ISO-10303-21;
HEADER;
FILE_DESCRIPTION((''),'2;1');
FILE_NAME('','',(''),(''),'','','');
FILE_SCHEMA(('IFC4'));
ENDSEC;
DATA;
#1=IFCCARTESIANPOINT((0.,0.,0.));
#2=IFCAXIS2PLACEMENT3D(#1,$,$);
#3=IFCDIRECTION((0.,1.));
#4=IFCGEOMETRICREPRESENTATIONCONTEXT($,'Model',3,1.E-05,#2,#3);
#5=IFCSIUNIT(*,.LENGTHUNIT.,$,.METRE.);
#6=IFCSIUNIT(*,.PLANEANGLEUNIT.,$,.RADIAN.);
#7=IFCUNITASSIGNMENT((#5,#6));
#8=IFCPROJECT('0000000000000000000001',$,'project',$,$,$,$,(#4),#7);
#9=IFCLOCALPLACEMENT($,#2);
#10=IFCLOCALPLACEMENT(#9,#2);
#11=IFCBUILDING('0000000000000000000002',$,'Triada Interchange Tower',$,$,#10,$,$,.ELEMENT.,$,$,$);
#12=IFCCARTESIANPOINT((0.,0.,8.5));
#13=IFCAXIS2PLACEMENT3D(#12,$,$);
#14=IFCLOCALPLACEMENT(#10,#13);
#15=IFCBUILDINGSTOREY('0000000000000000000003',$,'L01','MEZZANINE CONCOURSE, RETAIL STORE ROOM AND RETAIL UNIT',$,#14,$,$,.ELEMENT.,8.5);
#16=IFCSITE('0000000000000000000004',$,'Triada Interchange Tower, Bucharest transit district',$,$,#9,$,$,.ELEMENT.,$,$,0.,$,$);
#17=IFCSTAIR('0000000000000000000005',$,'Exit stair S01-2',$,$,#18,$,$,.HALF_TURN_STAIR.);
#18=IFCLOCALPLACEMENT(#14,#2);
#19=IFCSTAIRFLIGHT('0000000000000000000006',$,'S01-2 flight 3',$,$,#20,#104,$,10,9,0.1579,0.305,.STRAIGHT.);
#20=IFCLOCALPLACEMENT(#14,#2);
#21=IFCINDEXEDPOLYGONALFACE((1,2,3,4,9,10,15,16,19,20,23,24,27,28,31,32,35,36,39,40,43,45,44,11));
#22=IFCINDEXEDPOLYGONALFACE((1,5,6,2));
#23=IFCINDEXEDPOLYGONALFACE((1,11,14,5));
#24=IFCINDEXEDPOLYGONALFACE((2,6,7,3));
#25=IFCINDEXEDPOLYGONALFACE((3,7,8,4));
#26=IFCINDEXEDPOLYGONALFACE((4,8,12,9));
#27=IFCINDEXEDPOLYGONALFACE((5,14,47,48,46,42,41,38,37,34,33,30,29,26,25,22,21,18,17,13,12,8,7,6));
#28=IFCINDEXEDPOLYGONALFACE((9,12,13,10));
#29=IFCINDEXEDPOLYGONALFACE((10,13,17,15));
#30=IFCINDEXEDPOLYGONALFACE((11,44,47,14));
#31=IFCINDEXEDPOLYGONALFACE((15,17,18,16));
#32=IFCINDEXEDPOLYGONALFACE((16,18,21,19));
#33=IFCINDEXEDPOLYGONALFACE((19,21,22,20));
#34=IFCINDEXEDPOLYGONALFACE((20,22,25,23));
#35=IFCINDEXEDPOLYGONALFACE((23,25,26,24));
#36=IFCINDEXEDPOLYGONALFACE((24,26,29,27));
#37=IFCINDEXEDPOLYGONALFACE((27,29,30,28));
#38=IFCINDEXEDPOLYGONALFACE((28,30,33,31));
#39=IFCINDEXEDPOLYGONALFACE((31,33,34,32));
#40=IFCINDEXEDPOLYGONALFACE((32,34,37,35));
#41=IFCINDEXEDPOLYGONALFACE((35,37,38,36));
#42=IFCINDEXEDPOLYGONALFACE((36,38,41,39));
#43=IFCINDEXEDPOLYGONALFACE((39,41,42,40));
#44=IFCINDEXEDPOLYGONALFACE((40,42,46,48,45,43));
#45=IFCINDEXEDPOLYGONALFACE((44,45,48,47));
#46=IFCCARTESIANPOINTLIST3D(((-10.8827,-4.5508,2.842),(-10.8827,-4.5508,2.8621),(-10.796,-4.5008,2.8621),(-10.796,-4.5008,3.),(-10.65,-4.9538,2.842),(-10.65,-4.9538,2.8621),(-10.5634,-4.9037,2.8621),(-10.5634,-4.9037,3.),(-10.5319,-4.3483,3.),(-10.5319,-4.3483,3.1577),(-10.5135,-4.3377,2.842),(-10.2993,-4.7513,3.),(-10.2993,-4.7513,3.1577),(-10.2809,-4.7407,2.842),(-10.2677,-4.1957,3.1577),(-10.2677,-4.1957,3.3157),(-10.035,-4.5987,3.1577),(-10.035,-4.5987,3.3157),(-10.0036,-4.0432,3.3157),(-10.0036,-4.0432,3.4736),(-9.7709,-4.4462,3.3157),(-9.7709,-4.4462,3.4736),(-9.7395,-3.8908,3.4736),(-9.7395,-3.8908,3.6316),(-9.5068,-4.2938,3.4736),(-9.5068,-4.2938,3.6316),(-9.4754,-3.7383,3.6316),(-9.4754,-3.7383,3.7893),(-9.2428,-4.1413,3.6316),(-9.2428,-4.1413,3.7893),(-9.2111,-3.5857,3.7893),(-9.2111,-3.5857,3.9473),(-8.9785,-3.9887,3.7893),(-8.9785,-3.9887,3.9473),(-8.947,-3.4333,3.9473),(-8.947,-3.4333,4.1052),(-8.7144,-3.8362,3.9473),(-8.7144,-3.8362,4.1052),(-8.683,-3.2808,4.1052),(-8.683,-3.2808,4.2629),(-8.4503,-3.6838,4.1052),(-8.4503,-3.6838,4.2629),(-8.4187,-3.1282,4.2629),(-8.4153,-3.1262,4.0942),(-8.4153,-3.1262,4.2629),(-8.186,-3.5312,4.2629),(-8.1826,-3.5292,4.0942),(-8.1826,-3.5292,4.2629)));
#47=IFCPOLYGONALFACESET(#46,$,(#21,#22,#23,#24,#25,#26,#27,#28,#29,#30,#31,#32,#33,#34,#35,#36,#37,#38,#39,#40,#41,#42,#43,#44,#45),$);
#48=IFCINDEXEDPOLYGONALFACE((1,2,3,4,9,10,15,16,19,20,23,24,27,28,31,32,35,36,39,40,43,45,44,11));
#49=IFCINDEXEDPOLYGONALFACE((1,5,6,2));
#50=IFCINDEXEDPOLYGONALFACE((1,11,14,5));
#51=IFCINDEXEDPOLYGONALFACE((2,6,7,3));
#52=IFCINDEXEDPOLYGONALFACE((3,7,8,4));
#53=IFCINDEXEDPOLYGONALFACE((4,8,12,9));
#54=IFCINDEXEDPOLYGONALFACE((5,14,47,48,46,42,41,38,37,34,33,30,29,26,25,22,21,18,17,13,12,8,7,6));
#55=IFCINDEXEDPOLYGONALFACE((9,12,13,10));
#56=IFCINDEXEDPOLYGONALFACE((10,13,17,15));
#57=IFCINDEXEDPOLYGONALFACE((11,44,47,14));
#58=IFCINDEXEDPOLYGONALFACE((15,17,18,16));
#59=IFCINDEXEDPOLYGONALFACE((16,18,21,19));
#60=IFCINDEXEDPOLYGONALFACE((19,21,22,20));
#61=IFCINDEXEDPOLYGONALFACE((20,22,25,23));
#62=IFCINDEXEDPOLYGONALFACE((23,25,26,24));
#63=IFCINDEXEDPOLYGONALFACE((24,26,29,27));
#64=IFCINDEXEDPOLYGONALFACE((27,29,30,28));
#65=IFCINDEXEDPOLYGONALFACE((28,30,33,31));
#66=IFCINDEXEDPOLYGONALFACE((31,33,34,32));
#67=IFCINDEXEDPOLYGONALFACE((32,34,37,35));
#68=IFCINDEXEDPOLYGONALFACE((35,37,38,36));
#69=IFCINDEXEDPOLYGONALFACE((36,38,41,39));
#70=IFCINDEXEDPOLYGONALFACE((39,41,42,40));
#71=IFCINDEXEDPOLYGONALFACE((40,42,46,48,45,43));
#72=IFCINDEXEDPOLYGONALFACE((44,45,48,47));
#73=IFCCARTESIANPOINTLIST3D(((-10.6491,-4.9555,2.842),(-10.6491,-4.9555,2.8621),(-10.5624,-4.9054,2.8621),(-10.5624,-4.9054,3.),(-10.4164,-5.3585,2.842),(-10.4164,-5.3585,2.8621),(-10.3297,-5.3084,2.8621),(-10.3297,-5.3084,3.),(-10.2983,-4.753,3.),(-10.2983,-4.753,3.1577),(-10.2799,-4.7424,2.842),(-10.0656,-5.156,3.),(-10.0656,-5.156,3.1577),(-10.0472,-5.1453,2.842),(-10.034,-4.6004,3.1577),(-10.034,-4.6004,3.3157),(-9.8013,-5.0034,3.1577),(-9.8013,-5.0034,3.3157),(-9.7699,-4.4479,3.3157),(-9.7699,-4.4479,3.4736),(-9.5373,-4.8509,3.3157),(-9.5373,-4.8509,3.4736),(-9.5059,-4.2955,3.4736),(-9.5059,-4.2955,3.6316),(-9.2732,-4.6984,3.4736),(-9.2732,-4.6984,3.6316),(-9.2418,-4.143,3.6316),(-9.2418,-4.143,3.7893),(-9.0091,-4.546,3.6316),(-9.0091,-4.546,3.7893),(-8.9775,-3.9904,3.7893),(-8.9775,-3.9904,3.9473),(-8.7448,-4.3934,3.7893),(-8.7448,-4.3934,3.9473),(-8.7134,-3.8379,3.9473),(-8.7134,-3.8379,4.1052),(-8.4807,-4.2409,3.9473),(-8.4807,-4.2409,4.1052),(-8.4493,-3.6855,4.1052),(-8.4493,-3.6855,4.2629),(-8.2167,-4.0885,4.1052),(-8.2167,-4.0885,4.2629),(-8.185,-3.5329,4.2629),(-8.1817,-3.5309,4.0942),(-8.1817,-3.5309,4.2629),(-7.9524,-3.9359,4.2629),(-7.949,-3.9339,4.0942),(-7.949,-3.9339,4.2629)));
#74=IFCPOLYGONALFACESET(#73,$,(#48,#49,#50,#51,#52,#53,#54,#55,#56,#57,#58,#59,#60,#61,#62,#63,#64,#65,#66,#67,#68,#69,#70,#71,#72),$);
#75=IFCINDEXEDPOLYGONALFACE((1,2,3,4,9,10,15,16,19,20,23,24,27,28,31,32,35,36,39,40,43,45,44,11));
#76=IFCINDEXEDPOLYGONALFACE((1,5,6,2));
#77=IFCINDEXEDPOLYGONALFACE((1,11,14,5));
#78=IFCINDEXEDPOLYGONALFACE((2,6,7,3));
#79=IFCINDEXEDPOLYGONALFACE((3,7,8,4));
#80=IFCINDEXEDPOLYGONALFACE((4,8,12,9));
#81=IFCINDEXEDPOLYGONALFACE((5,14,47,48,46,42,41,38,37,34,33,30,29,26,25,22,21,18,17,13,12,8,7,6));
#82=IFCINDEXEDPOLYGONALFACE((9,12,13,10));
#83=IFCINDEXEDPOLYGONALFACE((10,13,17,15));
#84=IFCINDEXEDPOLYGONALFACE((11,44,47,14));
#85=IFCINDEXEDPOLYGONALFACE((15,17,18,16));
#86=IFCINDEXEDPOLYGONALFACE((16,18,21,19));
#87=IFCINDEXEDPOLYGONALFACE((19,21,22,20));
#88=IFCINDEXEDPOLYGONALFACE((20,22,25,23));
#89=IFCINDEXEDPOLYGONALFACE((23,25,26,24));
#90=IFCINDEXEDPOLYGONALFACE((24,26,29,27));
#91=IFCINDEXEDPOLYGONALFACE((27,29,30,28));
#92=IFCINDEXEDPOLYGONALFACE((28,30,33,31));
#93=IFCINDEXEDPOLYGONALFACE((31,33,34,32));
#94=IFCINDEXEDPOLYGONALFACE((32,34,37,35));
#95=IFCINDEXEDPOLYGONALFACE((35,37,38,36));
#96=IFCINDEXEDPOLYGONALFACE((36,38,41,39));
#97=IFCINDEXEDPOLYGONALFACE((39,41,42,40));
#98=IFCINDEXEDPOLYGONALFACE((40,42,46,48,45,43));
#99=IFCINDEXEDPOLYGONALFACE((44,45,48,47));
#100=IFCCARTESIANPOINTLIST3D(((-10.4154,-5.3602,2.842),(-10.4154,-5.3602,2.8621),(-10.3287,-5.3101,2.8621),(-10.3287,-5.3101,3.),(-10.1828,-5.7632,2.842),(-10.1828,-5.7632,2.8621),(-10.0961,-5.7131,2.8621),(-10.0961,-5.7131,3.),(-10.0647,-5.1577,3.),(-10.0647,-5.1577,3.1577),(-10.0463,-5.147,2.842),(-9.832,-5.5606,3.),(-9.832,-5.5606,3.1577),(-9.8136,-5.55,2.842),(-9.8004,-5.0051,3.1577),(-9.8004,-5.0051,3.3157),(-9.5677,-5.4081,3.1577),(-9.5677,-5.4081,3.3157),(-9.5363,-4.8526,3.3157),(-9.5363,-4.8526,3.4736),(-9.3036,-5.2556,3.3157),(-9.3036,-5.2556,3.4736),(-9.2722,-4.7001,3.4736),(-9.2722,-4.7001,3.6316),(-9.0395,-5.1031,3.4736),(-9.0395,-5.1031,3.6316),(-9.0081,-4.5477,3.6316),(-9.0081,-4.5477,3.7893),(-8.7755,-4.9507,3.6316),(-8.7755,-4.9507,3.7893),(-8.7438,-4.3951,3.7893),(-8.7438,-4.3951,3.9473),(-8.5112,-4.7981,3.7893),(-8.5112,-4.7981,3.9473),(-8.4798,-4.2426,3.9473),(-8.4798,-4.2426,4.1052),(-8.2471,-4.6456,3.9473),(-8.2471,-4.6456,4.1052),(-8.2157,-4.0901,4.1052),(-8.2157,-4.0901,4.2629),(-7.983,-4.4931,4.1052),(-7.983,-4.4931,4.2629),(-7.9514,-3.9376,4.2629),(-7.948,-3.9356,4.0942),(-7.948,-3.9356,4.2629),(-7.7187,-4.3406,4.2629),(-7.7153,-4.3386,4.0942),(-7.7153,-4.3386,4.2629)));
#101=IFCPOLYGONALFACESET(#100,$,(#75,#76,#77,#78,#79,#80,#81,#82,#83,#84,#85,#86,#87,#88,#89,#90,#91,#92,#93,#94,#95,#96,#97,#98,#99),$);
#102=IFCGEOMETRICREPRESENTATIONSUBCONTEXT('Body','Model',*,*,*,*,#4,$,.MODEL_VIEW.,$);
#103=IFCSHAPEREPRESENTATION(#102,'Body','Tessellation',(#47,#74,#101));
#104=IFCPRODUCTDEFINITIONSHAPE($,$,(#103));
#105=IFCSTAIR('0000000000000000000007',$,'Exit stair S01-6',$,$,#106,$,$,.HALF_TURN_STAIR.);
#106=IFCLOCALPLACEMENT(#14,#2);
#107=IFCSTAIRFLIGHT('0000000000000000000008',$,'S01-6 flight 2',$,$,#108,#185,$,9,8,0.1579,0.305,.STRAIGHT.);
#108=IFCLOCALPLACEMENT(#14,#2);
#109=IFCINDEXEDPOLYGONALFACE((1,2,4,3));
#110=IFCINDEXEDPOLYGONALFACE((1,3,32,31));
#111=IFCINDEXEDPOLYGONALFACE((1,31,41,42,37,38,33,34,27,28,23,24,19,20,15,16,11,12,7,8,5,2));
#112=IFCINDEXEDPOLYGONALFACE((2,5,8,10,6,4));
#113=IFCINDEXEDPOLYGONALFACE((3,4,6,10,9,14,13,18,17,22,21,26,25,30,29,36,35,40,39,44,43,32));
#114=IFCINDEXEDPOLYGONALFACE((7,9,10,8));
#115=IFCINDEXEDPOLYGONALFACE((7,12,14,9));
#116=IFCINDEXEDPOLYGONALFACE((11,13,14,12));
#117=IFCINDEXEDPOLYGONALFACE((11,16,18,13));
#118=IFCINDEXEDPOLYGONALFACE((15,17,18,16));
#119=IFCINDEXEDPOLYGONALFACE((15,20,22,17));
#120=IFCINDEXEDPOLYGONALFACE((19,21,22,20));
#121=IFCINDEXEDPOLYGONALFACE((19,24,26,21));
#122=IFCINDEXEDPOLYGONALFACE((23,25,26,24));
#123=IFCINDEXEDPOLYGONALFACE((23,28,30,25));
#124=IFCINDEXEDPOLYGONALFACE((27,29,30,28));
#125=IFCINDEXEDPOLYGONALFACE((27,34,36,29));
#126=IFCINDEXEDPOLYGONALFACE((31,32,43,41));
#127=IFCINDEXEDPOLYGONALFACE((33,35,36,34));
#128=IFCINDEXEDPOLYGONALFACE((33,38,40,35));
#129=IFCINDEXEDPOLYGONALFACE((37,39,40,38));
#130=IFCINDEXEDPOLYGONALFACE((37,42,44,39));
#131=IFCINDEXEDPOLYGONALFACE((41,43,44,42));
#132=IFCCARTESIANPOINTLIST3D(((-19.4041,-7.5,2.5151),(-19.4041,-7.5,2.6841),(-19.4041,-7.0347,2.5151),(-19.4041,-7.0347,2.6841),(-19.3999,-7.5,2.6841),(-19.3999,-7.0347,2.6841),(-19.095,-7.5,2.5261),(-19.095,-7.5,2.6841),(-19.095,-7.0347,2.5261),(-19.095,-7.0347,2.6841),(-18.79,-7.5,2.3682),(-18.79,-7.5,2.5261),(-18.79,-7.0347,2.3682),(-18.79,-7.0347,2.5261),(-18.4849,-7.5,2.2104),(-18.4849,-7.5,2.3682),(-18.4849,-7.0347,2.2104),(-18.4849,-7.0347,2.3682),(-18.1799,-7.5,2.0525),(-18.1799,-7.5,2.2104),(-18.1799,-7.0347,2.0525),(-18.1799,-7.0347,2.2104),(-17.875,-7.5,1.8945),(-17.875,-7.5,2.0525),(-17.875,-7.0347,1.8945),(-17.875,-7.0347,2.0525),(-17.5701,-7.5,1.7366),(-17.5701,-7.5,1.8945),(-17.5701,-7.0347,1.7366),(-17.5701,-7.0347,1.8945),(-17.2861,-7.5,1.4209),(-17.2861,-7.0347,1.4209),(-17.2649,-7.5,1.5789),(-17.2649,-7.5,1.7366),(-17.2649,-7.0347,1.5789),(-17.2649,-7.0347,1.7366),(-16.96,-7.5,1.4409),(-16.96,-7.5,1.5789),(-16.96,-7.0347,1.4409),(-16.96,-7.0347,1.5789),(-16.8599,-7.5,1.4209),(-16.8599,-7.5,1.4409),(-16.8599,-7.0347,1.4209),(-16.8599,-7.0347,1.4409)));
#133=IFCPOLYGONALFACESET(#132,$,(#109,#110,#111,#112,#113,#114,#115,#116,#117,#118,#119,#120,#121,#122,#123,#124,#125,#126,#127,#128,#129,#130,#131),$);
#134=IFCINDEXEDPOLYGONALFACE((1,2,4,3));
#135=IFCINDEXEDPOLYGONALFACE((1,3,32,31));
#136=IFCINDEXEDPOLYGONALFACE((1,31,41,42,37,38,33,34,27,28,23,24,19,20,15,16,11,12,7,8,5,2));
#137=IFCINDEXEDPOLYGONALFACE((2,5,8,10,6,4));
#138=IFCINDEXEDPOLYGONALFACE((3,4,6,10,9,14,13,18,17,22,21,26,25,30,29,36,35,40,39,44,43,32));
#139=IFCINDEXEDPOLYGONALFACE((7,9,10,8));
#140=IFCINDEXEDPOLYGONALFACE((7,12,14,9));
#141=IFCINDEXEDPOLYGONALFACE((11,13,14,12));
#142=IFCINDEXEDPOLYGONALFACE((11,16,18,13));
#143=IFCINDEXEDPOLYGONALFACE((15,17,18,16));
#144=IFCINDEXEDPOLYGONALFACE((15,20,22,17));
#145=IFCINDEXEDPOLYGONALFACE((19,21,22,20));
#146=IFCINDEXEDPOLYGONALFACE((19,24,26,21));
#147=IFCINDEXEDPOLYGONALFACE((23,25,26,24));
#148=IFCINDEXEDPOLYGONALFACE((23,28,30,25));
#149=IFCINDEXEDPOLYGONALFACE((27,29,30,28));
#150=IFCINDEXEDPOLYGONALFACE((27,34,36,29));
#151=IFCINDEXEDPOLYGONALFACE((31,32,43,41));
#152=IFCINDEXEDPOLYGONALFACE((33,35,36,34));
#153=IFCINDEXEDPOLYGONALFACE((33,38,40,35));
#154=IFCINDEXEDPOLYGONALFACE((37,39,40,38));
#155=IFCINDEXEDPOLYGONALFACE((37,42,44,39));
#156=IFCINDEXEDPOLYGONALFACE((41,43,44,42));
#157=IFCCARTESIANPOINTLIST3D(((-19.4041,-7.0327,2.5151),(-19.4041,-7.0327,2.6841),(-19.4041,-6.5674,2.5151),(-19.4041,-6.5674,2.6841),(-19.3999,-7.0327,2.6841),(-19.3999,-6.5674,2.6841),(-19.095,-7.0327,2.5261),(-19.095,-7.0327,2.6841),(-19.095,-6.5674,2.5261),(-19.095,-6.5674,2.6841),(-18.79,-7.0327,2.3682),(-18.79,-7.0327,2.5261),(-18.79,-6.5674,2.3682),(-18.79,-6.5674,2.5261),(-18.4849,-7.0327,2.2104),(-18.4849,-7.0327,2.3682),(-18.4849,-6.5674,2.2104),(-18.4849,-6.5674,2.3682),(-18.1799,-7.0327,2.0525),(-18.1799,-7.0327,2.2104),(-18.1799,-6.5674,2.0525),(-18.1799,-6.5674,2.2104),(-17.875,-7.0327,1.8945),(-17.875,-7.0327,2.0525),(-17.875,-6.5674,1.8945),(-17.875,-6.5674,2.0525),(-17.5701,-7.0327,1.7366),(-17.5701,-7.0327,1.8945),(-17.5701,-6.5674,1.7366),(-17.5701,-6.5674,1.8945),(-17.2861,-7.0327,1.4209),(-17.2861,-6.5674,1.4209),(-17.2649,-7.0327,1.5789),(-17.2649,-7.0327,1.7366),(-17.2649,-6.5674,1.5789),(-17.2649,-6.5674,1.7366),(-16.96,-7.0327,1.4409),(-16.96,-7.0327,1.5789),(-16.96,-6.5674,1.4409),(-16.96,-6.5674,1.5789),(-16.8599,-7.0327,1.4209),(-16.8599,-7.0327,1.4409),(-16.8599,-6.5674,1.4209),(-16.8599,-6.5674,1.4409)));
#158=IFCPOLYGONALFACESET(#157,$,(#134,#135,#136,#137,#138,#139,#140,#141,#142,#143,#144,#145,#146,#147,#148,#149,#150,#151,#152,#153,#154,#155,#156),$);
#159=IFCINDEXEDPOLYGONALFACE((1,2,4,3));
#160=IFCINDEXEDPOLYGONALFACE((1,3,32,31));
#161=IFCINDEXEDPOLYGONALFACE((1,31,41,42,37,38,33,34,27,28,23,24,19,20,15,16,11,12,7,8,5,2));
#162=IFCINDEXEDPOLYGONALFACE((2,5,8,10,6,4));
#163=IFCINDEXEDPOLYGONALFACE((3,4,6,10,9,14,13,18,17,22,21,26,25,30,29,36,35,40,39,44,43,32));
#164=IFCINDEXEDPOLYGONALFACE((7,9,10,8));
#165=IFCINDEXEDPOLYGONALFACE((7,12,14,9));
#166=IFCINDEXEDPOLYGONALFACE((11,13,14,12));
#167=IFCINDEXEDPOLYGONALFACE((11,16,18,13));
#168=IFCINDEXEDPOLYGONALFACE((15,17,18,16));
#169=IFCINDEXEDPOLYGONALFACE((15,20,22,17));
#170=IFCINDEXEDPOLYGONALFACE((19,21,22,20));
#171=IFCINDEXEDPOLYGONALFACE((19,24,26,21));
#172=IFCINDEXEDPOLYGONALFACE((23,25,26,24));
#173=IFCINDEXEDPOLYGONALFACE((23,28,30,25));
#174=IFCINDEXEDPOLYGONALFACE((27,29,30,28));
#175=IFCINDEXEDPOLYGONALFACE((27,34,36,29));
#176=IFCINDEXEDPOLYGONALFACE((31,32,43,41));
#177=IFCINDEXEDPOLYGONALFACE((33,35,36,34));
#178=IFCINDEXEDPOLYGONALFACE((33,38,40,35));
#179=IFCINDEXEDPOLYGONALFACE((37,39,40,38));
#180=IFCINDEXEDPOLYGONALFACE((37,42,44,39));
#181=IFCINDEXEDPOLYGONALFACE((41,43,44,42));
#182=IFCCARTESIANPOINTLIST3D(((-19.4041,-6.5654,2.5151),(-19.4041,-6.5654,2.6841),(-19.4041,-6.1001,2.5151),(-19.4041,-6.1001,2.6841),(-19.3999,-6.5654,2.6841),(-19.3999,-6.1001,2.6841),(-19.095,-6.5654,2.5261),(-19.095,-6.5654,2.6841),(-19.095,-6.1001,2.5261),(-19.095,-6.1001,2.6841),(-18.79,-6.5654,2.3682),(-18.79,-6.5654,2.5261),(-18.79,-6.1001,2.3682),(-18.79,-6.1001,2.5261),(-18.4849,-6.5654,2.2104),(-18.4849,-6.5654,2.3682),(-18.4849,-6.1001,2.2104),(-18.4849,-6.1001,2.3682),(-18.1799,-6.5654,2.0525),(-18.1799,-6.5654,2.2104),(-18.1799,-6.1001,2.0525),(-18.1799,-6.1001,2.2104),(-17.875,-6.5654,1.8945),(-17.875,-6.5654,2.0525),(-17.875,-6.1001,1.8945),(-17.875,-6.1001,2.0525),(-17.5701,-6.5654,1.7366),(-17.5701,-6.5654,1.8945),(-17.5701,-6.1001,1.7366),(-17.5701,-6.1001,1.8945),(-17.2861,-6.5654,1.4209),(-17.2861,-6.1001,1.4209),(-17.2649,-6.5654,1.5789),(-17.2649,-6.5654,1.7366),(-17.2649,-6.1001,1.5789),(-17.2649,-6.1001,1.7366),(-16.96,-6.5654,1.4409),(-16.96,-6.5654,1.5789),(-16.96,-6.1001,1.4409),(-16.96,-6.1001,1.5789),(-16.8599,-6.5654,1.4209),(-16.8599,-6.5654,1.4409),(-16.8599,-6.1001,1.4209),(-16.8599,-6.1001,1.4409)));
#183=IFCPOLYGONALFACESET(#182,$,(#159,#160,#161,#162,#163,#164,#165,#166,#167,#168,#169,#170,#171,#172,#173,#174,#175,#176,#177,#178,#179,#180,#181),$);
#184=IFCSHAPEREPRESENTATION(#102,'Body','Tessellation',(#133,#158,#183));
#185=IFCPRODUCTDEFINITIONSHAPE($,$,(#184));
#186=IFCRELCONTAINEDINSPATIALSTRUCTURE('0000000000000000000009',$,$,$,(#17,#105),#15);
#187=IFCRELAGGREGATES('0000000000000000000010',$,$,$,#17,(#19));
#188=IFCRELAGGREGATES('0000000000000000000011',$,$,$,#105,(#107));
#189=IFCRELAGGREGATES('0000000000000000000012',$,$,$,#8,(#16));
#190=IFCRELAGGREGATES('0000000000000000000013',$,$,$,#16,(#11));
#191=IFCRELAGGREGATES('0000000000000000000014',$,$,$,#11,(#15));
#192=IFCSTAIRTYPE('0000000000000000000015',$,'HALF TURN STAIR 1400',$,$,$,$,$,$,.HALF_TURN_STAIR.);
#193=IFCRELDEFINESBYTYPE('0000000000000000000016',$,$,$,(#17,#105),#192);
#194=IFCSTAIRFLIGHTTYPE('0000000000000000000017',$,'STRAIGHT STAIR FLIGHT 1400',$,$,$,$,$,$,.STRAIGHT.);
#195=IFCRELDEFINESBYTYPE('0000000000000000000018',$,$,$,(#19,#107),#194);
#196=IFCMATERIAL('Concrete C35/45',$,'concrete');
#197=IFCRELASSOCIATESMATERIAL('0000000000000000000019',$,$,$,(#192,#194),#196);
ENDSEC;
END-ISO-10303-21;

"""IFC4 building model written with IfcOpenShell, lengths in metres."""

from ifc_helpers import new_model, si_unit, direction, frame, origin, place, context, subcontext, project, spatial, polyline, outline, extrude, material, type_object, element, aggregate, save


model = new_model("IFC4")

# Units and contexts
model_context = context("Model", 3, precision=1e-05, world=origin(), true_north=direction((0.0, 1.0)))
body_context = subcontext(model_context, "Body", "Model", "MODEL_VIEW")
ifc_project = project(units=[si_unit("LENGTHUNIT", "METRE"), si_unit("PLANEANGLEUNIT", "RADIAN")], contexts=[model_context])

# Site, building, storey
site_placement = place(None, origin())
site = spatial("IfcSite", under=ifc_project, at=site_placement, Name="Triada Interchange Tower, Bucharest transit district", CompositionType="ELEMENT", RefElevation=0.0)
building_placement = place(site_placement, origin())
building = spatial("IfcBuilding", under=site, at=building_placement, Name="Triada Interchange Tower", CompositionType="ELEMENT")
storey_placement = place(building_placement, frame((0.0, 0.0, 8.5)))
storey = spatial("IfcBuildingStorey", under=building, at=storey_placement, Name="L01", Description="MEZZANINE CONCOURSE, RETAIL STORE ROOM AND RETAIL UNIT", CompositionType="ELEMENT", Elevation=8.5)

# Shared definitions
ifc_material_1 = material(Name="Concrete C35/45", Category="concrete")

# Stairs, stair flights
stair_type = type_object("IfcStairType", Name="HALF TURN STAIR 1400", PredefinedType="HALF_TURN_STAIR", material=ifc_material_1)
stair_1_placement = place(storey_placement, origin())
stair_1 = element("IfcStair", 1, at=stair_1_placement, inside=storey, type_object=stair_type, Name="Exit stair S01-2", PredefinedType="HALF_TURN_STAIR")
stair_flight_type = type_object("IfcStairFlightType", Name="STRAIGHT STAIR FLIGHT 1400", PredefinedType="STRAIGHT", material=ifc_material_1)
stair_flight_1_placement = place(storey_placement, frame((-10.446, -5.1069, 2.842), z_axis=(0.0, 0.0, 1.0), x_axis=(0.866025, 0.5, 0.0)))
stair_flight_1 = element("IfcStairFlight", 2, at=stair_flight_1_placement, type_object=stair_flight_type, Name="S01-2 flight 3", NumberOfRisers=10, NumberOfTreads=9, PredefinedType="STRAIGHT", RiserHeight=0.1579, TreadLength=0.305, context=body_context, shape_type="SweptSolid", body=[
    extrude(outline(polyline([(-0.1001, 0.0), (-0.1001, 0.02), (0.0, 0.02), (0.0, 0.158), (0.3049, 0.158), (0.3049, 0.3157), (0.6101, 0.3157), (0.6101, 0.4736), (0.915, 0.4736), (0.915, 0.6316), (1.22, 0.6316), (1.22, 0.7896), (1.5249, 0.7896), (1.5249, 0.9473), (1.8301, 0.9473), (1.8301, 1.1052), (2.135, 1.1052), (2.135, 1.2632), (2.4399, 1.2632), (2.4399, 1.4209), (2.7451, 1.4209), (2.749, 1.4209), (2.749, 1.5789), (2.749, 1.2522), (0.3262, 0.0), (-0.1001, 0.0)])), frame((0.0, 0.7, 0.0), z_axis=(0.0, -1.0, 0.0), x_axis=(1.0, 0.0, 0.0)), (0.0, 0.0, 1.0), 0.4653),
    extrude(outline(polyline([(-0.1001, 0.0), (-0.1001, 0.02), (0.0, 0.02), (0.0, 0.158), (0.3049, 0.158), (0.3049, 0.3157), (0.6101, 0.3157), (0.6101, 0.4736), (0.915, 0.4736), (0.915, 0.6316), (1.22, 0.6316), (1.22, 0.7896), (1.5249, 0.7896), (1.5249, 0.9473), (1.8301, 0.9473), (1.8301, 1.1052), (2.135, 1.1052), (2.135, 1.2632), (2.4399, 1.2632), (2.4399, 1.4209), (2.7451, 1.4209), (2.749, 1.4209), (2.749, 1.5789), (2.749, 1.2522), (0.3262, 0.0), (-0.1001, 0.0)])), frame((0.0, 0.2327, 0.0), z_axis=(0.0, -1.0, 0.0), x_axis=(1.0, 0.0, 0.0)), (0.0, 0.0, 1.0), 0.4653),
    extrude(outline(polyline([(-0.1001, 0.0), (-0.1001, 0.02), (0.0, 0.02), (0.0, 0.158), (0.3049, 0.158), (0.3049, 0.3157), (0.6101, 0.3157), (0.6101, 0.4736), (0.915, 0.4736), (0.915, 0.6316), (1.22, 0.6316), (1.22, 0.7896), (1.5249, 0.7896), (1.5249, 0.9473), (1.8301, 0.9473), (1.8301, 1.1052), (2.135, 1.1052), (2.135, 1.2632), (2.4399, 1.2632), (2.4399, 1.4209), (2.7451, 1.4209), (2.749, 1.4209), (2.749, 1.5789), (2.749, 1.2522), (0.3262, 0.0), (-0.1001, 0.0)])), frame((0.0, -0.2346, 0.0), z_axis=(0.0, -1.0, 0.0), x_axis=(1.0, 0.0, 0.0)), (0.0, 0.0, 1.0), 0.4653),
])
stair_2_placement = place(storey_placement, origin())
stair_2 = element("IfcStair", 3, at=stair_2_placement, inside=storey, type_object=stair_type, Name="Exit stair S01-6", PredefinedType="HALF_TURN_STAIR")
stair_flight_2_placement = place(storey_placement, frame((-16.96, -6.8, 1.4209), z_axis=(0.0, 0.0, 1.0), x_axis=(-1.0, 0.0, 0.0)))
stair_flight_2 = element("IfcStairFlight", 4, at=stair_flight_2_placement, type_object=stair_flight_type, Name="S01-6 flight 2", NumberOfRisers=9, NumberOfTreads=8, PredefinedType="STRAIGHT", RiserHeight=0.1579, TreadLength=0.305, context=body_context, shape_type="SweptSolid", body=[
    extrude(outline(polyline([(-0.1001, 0.0), (-0.1001, 0.02), (0.0, 0.02), (0.0, 0.158), (0.3049, 0.158), (0.3049, 0.3157), (0.6101, 0.3157), (0.6101, 0.4736), (0.915, 0.4736), (0.915, 0.6316), (1.22, 0.6316), (1.22, 0.7896), (1.5249, 0.7896), (1.5249, 0.9473), (1.8301, 0.9473), (1.8301, 1.1052), (2.135, 1.1052), (2.135, 1.2632), (2.4399, 1.2632), (2.4441, 1.2632), (2.4441, 1.4209), (2.4441, 1.0942), (0.3262, 0.0), (-0.1001, 0.0)])), frame((0.0, 0.7, 0.0), z_axis=(0.0, -1.0, 0.0), x_axis=(1.0, 0.0, 0.0)), (0.0, 0.0, 1.0), 0.4653),
    extrude(outline(polyline([(-0.1001, 0.0), (-0.1001, 0.02), (0.0, 0.02), (0.0, 0.158), (0.3049, 0.158), (0.3049, 0.3157), (0.6101, 0.3157), (0.6101, 0.4736), (0.915, 0.4736), (0.915, 0.6316), (1.22, 0.6316), (1.22, 0.7896), (1.5249, 0.7896), (1.5249, 0.9473), (1.8301, 0.9473), (1.8301, 1.1052), (2.135, 1.1052), (2.135, 1.2632), (2.4399, 1.2632), (2.4441, 1.2632), (2.4441, 1.4209), (2.4441, 1.0942), (0.3262, 0.0), (-0.1001, 0.0)])), frame((0.0, 0.2327, 0.0), z_axis=(0.0, -1.0, 0.0), x_axis=(1.0, 0.0, 0.0)), (0.0, 0.0, 1.0), 0.4653),
    extrude(outline(polyline([(-0.1001, 0.0), (-0.1001, 0.02), (0.0, 0.02), (0.0, 0.158), (0.3049, 0.158), (0.3049, 0.3157), (0.6101, 0.3157), (0.6101, 0.4736), (0.915, 0.4736), (0.915, 0.6316), (1.22, 0.6316), (1.22, 0.7896), (1.5249, 0.7896), (1.5249, 0.9473), (1.8301, 0.9473), (1.8301, 1.1052), (2.135, 1.1052), (2.135, 1.2632), (2.4399, 1.2632), (2.4441, 1.2632), (2.4441, 1.4209), (2.4441, 1.0942), (0.3262, 0.0), (-0.1001, 0.0)])), frame((0.0, -0.2346, 0.0), z_axis=(0.0, -1.0, 0.0), x_axis=(1.0, 0.0, 0.0)), (0.0, 0.0, 1.0), 0.4653),
])

aggregate(stair_1, [stair_flight_1])
aggregate(stair_2, [stair_flight_2])

save(model, "model.ifc")
